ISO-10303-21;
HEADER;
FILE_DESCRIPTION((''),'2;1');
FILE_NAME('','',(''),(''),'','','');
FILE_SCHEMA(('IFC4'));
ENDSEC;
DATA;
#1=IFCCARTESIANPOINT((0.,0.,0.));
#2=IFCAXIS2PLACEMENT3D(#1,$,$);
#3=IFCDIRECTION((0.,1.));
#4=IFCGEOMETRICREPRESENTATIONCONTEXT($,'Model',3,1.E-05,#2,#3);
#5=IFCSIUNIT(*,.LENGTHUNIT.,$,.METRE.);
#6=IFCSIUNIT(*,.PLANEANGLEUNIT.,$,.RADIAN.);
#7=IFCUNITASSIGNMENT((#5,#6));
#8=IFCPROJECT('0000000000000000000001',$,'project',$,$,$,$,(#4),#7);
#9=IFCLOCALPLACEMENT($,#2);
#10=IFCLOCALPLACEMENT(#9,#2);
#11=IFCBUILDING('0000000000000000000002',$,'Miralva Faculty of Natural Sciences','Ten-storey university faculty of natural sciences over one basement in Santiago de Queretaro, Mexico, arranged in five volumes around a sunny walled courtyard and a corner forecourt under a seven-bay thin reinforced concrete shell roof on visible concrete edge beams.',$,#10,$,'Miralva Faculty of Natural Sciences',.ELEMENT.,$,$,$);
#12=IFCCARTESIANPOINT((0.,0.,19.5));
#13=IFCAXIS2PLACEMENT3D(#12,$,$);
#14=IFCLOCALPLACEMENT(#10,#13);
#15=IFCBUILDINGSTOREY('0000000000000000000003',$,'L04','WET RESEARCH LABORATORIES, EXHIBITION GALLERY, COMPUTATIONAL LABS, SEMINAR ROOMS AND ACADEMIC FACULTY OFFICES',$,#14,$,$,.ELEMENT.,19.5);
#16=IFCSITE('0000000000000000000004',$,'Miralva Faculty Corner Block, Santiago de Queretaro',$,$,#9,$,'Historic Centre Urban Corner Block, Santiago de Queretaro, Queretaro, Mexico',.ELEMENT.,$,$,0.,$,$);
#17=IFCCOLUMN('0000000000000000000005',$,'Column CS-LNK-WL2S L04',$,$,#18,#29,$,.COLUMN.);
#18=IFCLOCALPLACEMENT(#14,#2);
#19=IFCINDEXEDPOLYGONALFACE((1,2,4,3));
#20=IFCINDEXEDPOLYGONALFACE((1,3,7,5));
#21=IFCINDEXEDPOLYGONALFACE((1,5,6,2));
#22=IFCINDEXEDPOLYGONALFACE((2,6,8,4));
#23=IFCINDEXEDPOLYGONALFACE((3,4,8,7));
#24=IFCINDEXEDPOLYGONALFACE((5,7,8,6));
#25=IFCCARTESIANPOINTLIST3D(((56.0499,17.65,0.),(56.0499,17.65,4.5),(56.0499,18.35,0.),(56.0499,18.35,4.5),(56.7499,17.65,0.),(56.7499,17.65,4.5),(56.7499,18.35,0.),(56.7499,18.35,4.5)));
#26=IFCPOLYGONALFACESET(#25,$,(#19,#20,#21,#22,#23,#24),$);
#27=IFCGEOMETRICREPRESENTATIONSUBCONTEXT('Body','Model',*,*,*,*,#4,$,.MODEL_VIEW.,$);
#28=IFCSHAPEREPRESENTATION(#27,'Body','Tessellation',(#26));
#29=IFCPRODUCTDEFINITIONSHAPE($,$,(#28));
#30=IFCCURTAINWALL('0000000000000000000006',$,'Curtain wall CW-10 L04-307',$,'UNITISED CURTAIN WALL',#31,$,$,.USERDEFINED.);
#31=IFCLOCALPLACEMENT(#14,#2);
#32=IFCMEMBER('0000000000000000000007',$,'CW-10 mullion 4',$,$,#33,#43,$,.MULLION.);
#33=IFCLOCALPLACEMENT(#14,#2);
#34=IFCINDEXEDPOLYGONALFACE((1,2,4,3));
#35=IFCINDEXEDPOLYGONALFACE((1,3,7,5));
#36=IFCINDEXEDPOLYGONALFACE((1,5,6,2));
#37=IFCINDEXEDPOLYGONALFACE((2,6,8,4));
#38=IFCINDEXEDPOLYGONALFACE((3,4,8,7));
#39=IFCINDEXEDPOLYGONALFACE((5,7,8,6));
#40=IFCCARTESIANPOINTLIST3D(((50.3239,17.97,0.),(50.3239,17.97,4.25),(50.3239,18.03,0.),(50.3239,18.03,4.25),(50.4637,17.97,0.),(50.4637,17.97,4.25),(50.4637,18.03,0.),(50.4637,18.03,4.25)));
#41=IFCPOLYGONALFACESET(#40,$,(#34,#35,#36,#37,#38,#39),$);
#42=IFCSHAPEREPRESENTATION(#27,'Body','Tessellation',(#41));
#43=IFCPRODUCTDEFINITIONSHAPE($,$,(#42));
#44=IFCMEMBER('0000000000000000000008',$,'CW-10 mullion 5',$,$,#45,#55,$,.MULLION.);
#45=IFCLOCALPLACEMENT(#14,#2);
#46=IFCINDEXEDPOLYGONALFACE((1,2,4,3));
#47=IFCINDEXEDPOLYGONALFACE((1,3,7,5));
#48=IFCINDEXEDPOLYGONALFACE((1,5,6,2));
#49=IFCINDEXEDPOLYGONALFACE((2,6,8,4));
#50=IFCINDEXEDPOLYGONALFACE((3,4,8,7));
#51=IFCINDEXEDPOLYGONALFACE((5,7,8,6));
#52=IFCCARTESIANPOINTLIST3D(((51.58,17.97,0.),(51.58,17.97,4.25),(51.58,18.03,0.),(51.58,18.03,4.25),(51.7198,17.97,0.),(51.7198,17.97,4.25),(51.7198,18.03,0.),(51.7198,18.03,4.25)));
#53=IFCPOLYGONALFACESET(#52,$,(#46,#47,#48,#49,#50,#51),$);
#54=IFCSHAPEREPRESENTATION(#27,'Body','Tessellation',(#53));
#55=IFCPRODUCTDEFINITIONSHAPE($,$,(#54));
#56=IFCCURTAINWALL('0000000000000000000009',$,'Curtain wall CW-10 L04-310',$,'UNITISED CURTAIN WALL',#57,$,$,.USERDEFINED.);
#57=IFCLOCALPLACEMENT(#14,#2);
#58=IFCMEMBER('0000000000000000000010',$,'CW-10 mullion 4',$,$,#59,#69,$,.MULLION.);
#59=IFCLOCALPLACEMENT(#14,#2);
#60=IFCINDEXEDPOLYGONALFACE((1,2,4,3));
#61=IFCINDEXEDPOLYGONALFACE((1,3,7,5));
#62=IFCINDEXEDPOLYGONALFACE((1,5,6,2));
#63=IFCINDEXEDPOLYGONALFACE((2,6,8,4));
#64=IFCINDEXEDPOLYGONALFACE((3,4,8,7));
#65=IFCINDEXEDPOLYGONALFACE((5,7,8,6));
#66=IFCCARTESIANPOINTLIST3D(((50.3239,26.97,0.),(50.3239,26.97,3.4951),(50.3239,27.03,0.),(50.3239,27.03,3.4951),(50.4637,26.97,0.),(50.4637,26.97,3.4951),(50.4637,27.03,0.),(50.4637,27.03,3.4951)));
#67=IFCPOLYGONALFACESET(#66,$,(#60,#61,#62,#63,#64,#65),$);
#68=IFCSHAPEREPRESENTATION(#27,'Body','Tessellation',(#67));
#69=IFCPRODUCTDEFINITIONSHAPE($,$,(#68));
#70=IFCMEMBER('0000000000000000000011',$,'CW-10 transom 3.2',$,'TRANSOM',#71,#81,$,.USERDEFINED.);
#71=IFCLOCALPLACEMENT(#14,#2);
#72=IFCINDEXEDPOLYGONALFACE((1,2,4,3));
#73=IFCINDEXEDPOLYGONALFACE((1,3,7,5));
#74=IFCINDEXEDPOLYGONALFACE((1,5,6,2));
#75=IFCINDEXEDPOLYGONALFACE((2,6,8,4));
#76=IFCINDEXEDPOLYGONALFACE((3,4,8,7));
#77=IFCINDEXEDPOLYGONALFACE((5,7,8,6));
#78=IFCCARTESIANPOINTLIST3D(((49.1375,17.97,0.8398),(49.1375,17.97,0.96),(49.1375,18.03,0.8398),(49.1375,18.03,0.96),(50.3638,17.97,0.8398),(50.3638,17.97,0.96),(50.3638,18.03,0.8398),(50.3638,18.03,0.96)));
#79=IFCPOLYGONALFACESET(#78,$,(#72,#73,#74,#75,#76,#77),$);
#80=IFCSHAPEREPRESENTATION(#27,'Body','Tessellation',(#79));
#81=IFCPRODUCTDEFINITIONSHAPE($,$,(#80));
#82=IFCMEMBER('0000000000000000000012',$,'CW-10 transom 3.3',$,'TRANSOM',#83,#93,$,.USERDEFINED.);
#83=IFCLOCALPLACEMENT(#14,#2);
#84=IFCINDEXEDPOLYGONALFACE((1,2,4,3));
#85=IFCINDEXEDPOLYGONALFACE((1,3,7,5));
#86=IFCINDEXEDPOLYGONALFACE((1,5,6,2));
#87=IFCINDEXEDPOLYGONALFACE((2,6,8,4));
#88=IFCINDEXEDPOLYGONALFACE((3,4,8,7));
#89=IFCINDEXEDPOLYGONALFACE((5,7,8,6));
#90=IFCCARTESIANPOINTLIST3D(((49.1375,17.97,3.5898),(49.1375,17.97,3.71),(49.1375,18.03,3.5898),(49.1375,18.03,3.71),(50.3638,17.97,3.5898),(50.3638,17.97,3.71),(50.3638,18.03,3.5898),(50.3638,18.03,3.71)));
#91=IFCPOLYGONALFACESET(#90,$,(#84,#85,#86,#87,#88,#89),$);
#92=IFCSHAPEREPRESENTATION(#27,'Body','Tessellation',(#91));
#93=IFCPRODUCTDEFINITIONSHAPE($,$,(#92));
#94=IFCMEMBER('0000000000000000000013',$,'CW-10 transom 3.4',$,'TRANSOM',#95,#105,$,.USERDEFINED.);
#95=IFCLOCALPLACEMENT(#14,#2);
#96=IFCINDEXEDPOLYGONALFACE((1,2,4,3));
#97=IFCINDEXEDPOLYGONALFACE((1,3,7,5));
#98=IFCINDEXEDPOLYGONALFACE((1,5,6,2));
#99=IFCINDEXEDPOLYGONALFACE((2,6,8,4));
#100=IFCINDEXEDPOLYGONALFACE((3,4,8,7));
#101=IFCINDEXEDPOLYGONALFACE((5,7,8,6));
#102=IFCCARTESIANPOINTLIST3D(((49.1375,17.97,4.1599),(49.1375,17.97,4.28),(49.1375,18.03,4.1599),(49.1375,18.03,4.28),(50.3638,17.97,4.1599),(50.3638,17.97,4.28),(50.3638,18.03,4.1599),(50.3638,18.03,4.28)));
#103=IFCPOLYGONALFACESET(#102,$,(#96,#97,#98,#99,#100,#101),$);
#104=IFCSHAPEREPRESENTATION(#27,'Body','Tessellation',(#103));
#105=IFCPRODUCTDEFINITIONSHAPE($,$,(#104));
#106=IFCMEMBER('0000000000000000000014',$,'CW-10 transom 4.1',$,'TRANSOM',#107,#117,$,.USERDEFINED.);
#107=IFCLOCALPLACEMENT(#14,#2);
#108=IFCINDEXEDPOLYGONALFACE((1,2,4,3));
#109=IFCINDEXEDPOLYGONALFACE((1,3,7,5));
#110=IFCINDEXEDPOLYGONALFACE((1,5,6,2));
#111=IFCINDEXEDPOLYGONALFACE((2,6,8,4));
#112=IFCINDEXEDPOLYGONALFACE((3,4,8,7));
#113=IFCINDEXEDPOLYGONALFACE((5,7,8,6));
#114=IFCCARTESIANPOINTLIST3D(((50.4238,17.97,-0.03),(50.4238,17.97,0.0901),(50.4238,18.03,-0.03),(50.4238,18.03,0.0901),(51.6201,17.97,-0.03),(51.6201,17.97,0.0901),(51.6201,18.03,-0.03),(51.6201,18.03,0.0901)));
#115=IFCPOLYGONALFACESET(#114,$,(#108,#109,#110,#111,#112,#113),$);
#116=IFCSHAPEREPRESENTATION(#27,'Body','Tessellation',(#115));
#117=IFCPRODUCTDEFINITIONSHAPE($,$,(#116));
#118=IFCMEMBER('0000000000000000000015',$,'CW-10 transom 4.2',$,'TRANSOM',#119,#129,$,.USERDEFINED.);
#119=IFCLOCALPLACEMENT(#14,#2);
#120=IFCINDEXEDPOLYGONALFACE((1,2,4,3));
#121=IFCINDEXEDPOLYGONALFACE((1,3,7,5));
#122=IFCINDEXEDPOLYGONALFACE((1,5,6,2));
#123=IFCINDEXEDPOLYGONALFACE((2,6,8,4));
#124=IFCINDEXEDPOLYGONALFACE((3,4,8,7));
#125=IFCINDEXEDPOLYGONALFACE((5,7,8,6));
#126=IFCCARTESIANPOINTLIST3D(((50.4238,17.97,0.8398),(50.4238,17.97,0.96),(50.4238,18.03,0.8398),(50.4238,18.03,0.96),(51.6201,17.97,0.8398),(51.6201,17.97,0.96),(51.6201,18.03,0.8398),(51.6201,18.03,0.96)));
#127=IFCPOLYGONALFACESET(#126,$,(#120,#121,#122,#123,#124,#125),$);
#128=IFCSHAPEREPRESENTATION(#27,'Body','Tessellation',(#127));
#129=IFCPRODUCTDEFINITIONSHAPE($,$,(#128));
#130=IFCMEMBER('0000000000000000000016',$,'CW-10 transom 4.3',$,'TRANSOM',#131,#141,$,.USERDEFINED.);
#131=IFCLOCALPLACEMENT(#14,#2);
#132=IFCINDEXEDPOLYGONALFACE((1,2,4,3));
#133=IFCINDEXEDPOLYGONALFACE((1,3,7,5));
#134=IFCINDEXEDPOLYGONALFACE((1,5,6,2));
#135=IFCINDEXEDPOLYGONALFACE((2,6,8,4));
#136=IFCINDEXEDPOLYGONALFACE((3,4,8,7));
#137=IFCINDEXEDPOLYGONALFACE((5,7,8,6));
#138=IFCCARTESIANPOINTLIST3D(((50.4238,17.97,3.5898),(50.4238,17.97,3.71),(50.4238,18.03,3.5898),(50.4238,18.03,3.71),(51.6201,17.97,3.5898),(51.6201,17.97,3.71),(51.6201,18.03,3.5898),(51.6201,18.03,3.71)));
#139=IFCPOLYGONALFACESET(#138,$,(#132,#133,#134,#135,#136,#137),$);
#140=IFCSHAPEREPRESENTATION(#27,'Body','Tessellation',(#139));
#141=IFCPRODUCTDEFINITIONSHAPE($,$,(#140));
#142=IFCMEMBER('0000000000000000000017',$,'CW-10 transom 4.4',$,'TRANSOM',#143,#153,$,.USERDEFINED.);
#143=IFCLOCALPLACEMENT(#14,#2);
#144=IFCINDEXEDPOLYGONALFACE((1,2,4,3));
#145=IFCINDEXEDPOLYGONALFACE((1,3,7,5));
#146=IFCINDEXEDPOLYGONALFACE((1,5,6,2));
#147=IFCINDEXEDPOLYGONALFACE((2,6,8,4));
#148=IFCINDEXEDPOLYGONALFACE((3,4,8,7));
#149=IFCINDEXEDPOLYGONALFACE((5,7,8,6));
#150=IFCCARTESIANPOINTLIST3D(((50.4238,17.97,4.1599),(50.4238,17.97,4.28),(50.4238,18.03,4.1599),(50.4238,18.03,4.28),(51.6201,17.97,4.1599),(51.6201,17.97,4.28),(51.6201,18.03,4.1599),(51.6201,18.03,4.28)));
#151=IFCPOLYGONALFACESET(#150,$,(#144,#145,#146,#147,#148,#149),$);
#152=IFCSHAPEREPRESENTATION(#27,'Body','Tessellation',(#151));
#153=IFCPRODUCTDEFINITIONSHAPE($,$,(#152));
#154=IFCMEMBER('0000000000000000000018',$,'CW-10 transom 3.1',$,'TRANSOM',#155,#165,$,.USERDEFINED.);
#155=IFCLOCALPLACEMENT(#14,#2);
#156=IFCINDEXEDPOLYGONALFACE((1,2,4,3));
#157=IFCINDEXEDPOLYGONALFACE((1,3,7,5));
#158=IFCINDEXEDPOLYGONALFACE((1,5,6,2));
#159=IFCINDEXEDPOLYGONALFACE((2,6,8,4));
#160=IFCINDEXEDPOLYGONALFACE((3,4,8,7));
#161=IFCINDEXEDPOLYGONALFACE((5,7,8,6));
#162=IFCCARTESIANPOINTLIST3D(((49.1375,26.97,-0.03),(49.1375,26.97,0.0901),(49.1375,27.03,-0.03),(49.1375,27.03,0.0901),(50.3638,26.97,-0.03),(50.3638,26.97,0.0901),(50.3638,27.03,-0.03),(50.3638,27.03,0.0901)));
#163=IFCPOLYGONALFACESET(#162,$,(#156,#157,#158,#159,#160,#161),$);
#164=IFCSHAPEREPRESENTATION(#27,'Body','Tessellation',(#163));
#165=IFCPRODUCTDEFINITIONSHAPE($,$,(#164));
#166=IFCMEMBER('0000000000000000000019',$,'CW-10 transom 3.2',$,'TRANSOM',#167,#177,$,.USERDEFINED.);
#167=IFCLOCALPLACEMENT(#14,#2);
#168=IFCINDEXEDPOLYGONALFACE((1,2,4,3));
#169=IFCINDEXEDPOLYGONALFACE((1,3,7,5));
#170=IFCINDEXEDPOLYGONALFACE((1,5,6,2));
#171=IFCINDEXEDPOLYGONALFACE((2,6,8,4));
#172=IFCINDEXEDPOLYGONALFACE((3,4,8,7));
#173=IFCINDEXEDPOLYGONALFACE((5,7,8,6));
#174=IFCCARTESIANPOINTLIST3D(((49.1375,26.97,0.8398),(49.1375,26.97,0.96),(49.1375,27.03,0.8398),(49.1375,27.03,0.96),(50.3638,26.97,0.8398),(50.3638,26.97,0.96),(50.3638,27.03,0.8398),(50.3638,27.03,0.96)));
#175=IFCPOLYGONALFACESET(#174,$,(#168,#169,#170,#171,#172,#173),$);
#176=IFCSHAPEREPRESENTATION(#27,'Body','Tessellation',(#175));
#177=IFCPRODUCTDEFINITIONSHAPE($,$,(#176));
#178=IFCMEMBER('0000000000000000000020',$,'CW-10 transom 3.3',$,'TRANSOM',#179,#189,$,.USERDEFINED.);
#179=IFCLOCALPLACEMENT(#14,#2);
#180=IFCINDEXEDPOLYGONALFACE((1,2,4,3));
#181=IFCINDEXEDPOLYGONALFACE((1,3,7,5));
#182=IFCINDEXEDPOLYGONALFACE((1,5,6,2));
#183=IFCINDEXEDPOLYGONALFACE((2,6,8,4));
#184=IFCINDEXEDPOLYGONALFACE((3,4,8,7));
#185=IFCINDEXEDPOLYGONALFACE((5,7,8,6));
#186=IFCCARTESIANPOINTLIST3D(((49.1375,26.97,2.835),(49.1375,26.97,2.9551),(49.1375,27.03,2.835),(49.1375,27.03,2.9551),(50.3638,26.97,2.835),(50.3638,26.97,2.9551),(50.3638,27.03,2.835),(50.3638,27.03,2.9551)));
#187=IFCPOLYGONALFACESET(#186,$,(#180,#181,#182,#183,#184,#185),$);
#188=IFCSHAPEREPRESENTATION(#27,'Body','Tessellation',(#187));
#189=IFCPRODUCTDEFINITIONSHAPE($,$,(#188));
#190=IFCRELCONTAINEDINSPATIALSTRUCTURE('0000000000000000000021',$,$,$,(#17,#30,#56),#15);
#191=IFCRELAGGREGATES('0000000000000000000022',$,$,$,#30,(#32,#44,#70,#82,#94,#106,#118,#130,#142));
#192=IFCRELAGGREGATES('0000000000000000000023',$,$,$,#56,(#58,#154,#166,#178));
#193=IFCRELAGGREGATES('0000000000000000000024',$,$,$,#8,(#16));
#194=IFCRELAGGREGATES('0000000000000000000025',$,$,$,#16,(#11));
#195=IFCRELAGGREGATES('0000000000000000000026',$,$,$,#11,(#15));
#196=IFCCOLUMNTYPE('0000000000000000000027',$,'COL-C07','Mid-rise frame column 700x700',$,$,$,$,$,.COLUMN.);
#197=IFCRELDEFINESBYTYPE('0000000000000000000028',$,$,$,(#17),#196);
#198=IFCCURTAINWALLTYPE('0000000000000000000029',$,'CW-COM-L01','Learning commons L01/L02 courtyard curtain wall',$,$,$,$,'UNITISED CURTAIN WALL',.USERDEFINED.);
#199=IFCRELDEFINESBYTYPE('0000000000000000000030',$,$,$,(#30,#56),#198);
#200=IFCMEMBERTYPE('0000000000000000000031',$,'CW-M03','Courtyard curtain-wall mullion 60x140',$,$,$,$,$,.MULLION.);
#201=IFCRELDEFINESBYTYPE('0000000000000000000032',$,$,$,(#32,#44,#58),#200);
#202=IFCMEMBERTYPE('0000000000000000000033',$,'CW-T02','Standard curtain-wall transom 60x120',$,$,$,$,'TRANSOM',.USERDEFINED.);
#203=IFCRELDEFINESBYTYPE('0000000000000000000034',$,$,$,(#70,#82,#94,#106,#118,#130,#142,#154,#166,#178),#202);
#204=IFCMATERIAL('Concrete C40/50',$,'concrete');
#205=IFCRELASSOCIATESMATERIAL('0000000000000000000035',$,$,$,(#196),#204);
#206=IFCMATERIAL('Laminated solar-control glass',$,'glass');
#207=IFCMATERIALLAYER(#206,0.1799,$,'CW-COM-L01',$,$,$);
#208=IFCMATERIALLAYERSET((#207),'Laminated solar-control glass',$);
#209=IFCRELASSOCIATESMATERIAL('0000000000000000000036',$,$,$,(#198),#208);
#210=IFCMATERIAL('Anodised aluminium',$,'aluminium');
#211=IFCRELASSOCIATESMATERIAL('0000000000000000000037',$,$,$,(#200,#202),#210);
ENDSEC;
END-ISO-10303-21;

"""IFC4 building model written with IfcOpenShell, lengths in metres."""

from ifc_helpers import new_model, si_unit, direction, frame, origin, origin_2d, place, context, subcontext, project, spatial, rectangle, extrude, material, layer, layer_set, material_profile, profile_set, type_object, element, aggregate, save


model = new_model("IFC4")

# Units and contexts
model_context = context("Model", 3, precision=1e-05, world=origin(), true_north=direction((0.0, 1.0)))
body_context = subcontext(model_context, "Body", "Model", "MODEL_VIEW")
ifc_project = project(units=[si_unit("LENGTHUNIT", "METRE"), si_unit("PLANEANGLEUNIT", "RADIAN")], contexts=[model_context])

# Site, building, storey
site_placement = place(None, origin())
site = spatial("IfcSite", under=ifc_project, at=site_placement, Name="Miralva Faculty Corner Block, Santiago de Queretaro", LongName="Historic Centre Urban Corner Block, Santiago de Queretaro, Queretaro, Mexico", CompositionType="ELEMENT", RefElevation=0.0)
building_placement = place(site_placement, origin())
building = spatial("IfcBuilding", under=site, at=building_placement, Name="Miralva Faculty of Natural Sciences", Description="Ten-storey university faculty of natural sciences over one basement in Santiago de Queretaro, Mexico, arranged in five volumes around a sunny walled courtyard and a corner forecourt under a seven-bay thin reinforced concrete shell roof on visible concrete edge beams.", LongName="Miralva Faculty of Natural Sciences", CompositionType="ELEMENT")
storey_placement = place(building_placement, frame((0.0, 0.0, 19.5)))
storey = spatial("IfcBuildingStorey", under=building, at=storey_placement, Name="L04", Description="WET RESEARCH LABORATORIES, EXHIBITION GALLERY, COMPUTATIONAL LABS, SEMINAR ROOMS AND ACADEMIC FACULTY OFFICES", CompositionType="ELEMENT", Elevation=19.5)

# Column
ifc_material_1 = material(Name="Concrete C40/50", Category="concrete")
ifc_material_profile_1 = material_profile(ifc_material_1, rectangle(XDim=0.7, YDim=0.7, at=origin_2d()), Name="RC 700x700")
ifc_profile_set_1 = profile_set([ifc_material_profile_1], Name="Concrete C40/50")
column_type = type_object("IfcColumnType", Name="COL-C07", Description="Mid-rise frame column 700x700", PredefinedType="COLUMN", material=ifc_profile_set_1)
column_placement = place(storey_placement, frame((56.3999, 18.0, 0.0), z_axis=(0.0, 0.0, 1.0), x_axis=(1.0, 0.0, 0.0)))
element("IfcColumn", 1, at=column_placement, inside=storey, type_object=column_type, Name="Column CS-LNK-WL2S L04", PredefinedType="COLUMN", context=body_context, shape_type="SweptSolid", body=[
    extrude(rectangle(XDim=0.7, YDim=0.7, at=origin_2d()), origin(), (0.0, 0.0, 1.0), 4.5),
])

# Curtain wall, members
ifc_material_2 = material(Name="Laminated solar-control glass", Category="glass")
ifc_layer_1 = layer(ifc_material_2, 0.1799, Name="CW-COM-L01")
ifc_layer_set_1 = layer_set([ifc_layer_1], Name="Laminated solar-control glass")
curtain_wall_type = type_object("IfcCurtainWallType", Name="CW-COM-L01", Description="Learning commons L01/L02 courtyard curtain wall", ElementType="UNITISED CURTAIN WALL", PredefinedType="USERDEFINED", material=ifc_layer_set_1)
curtain_wall_1_placement = place(storey_placement, origin())
curtain_wall_1 = element("IfcCurtainWall", 2, at=curtain_wall_1_placement, inside=storey, type_object=curtain_wall_type, Name="Curtain wall CW-10 L04-307", ObjectType="UNITISED CURTAIN WALL", PredefinedType="USERDEFINED")
ifc_material_3 = material(Name="Anodised aluminium", Category="aluminium")
ifc_material_profile_2 = material_profile(ifc_material_3, rectangle(XDim=0.0601, YDim=0.1399, at=origin_2d()), Name="MULLION 60x140")
ifc_profile_set_2 = profile_set([ifc_material_profile_2], Name="Anodised aluminium")
member_type_1 = type_object("IfcMemberType", Name="CW-M03", Description="Courtyard curtain-wall mullion 60x140", PredefinedType="MULLION", material=ifc_profile_set_2)
member_1_placement = place(storey_placement, frame((50.3938, 18.0, 0.0), z_axis=(0.0, 0.0, 1.0), x_axis=(0.0, 1.0, 0.0)))
member_1 = element("IfcMember", 3, at=member_1_placement, type_object=member_type_1, Name="CW-10 mullion 4", PredefinedType="MULLION", context=body_context, shape_type="SweptSolid", body=[
    extrude(rectangle(XDim=0.0601, YDim=0.1399, at=origin_2d()), origin(), (0.0, 0.0, 1.0), 4.25),
])
member_2_placement = place(storey_placement, frame((51.6499, 18.0, 0.0), z_axis=(0.0, 0.0, 1.0), x_axis=(0.0, 1.0, 0.0)))
member_2 = element("IfcMember", 4, at=member_2_placement, type_object=member_type_1, Name="CW-10 mullion 5", PredefinedType="MULLION", context=body_context, shape_type="SweptSolid", body=[
    extrude(rectangle(XDim=0.0601, YDim=0.1399, at=origin_2d()), origin(), (0.0, 0.0, 1.0), 4.25),
])

# Curtain wall, member
curtain_wall_2_placement = place(storey_placement, origin())
curtain_wall_2 = element("IfcCurtainWall", 5, at=curtain_wall_2_placement, inside=storey, type_object=curtain_wall_type, Name="Curtain wall CW-10 L04-310", ObjectType="UNITISED CURTAIN WALL", PredefinedType="USERDEFINED")
member_3_placement = place(storey_placement, frame((50.3938, 27.0, 0.0), z_axis=(0.0, 0.0, 1.0), x_axis=(0.0, 1.0, 0.0)))
member_3 = element("IfcMember", 6, at=member_3_placement, type_object=member_type_1, Name="CW-10 mullion 4", PredefinedType="MULLION", context=body_context, shape_type="SweptSolid", body=[
    extrude(rectangle(XDim=0.0601, YDim=0.1399, at=origin_2d()), origin(), (0.0, 0.0, 1.0), 3.4951),
])

# Members
ifc_material_profile_3 = material_profile(ifc_material_3, rectangle(XDim=0.0601, YDim=0.1201, at=origin_2d()), Name="TRANSOM 60x120")
ifc_profile_set_3 = profile_set([ifc_material_profile_3], Name="Anodised aluminium")
member_type_2 = type_object("IfcMemberType", Name="CW-T02", Description="Standard curtain-wall transom 60x120", ElementType="TRANSOM", PredefinedType="USERDEFINED", material=ifc_profile_set_3)
member_4_placement = place(storey_placement, frame((49.1375, 18.0, 0.8999), z_axis=(1.0, 0.0, 0.0), x_axis=(0.0, 1.0, 0.0)))
member_4 = element("IfcMember", 7, at=member_4_placement, type_object=member_type_2, Name="CW-10 transom 3.2", ObjectType="TRANSOM", PredefinedType="USERDEFINED", context=body_context, shape_type="SweptSolid", body=[
    extrude(rectangle(XDim=0.0601, YDim=0.1201, at=origin_2d()), origin(), (0.0, 0.0, 1.0), 1.2263),
])
member_5_placement = place(storey_placement, frame((49.1375, 18.0, 3.6499), z_axis=(1.0, 0.0, 0.0), x_axis=(0.0, 1.0, 0.0)))
member_5 = element("IfcMember", 8, at=member_5_placement, type_object=member_type_2, Name="CW-10 transom 3.3", ObjectType="TRANSOM", PredefinedType="USERDEFINED", context=body_context, shape_type="SweptSolid", body=[
    extrude(rectangle(XDim=0.0601, YDim=0.1201, at=origin_2d()), origin(), (0.0, 0.0, 1.0), 1.2263),
])
member_6_placement = place(storey_placement, frame((49.1375, 18.0, 4.22), z_axis=(1.0, 0.0, 0.0), x_axis=(0.0, 1.0, 0.0)))
member_6 = element("IfcMember", 9, at=member_6_placement, type_object=member_type_2, Name="CW-10 transom 3.4", ObjectType="TRANSOM", PredefinedType="USERDEFINED", context=body_context, shape_type="SweptSolid", body=[
    extrude(rectangle(XDim=0.0601, YDim=0.1201, at=origin_2d()), origin(), (0.0, 0.0, 1.0), 1.2263),
])
member_7_placement = place(storey_placement, frame((50.4238, 18.0, 0.03), z_axis=(1.0, 0.0, 0.0), x_axis=(0.0, 1.0, 0.0)))
member_7 = element("IfcMember", 10, at=member_7_placement, type_object=member_type_2, Name="CW-10 transom 4.1", ObjectType="TRANSOM", PredefinedType="USERDEFINED", context=body_context, shape_type="SweptSolid", body=[
    extrude(rectangle(XDim=0.0601, YDim=0.1201, at=origin_2d()), origin(), (0.0, 0.0, 1.0), 1.1963),
])
member_8_placement = place(storey_placement, frame((50.4238, 18.0, 0.8999), z_axis=(1.0, 0.0, 0.0), x_axis=(0.0, 1.0, 0.0)))
member_8 = element("IfcMember", 11, at=member_8_placement, type_object=member_type_2, Name="CW-10 transom 4.2", ObjectType="TRANSOM", PredefinedType="USERDEFINED", context=body_context, shape_type="SweptSolid", body=[
    extrude(rectangle(XDim=0.0601, YDim=0.1201, at=origin_2d()), origin(), (0.0, 0.0, 1.0), 1.1963),
])
member_9_placement = place(storey_placement, frame((50.4238, 18.0, 3.6499), z_axis=(1.0, 0.0, 0.0), x_axis=(0.0, 1.0, 0.0)))
member_9 = element("IfcMember", 12, at=member_9_placement, type_object=member_type_2, Name="CW-10 transom 4.3", ObjectType="TRANSOM", PredefinedType="USERDEFINED", context=body_context, shape_type="SweptSolid", body=[
    extrude(rectangle(XDim=0.0601, YDim=0.1201, at=origin_2d()), origin(), (0.0, 0.0, 1.0), 1.1963),
])
member_10_placement = place(storey_placement, frame((50.4238, 18.0, 4.22), z_axis=(1.0, 0.0, 0.0), x_axis=(0.0, 1.0, 0.0)))
member_10 = element("IfcMember", 13, at=member_10_placement, type_object=member_type_2, Name="CW-10 transom 4.4", ObjectType="TRANSOM", PredefinedType="USERDEFINED", context=body_context, shape_type="SweptSolid", body=[
    extrude(rectangle(XDim=0.0601, YDim=0.1201, at=origin_2d()), origin(), (0.0, 0.0, 1.0), 1.1963),
])
member_11_placement = place(storey_placement, frame((49.1375, 27.0, 0.03), z_axis=(1.0, 0.0, 0.0), x_axis=(0.0, 1.0, 0.0)))
member_11 = element("IfcMember", 14, at=member_11_placement, type_object=member_type_2, Name="CW-10 transom 3.1", ObjectType="TRANSOM", PredefinedType="USERDEFINED", context=body_context, shape_type="SweptSolid", body=[
    extrude(rectangle(XDim=0.0601, YDim=0.1201, at=origin_2d()), origin(), (0.0, 0.0, 1.0), 1.2263),
])
member_12_placement = place(storey_placement, frame((49.1375, 27.0, 0.8999), z_axis=(1.0, 0.0, 0.0), x_axis=(0.0, 1.0, 0.0)))
member_12 = element("IfcMember", 15, at=member_12_placement, type_object=member_type_2, Name="CW-10 transom 3.2", ObjectType="TRANSOM", PredefinedType="USERDEFINED", context=body_context, shape_type="SweptSolid", body=[
    extrude(rectangle(XDim=0.0601, YDim=0.1201, at=origin_2d()), origin(), (0.0, 0.0, 1.0), 1.2263),
])
member_13_placement = place(storey_placement, frame((49.1375, 27.0, 2.895), z_axis=(1.0, 0.0, 0.0), x_axis=(0.0, 1.0, 0.0)))
member_13 = element("IfcMember", 16, at=member_13_placement, type_object=member_type_2, Name="CW-10 transom 3.3", ObjectType="TRANSOM", PredefinedType="USERDEFINED", context=body_context, shape_type="SweptSolid", body=[
    extrude(rectangle(XDim=0.0601, YDim=0.1201, at=origin_2d()), origin(), (0.0, 0.0, 1.0), 1.2263),
])

aggregate(curtain_wall_1, [member_1, member_2, member_4, member_5, member_6, member_7, member_8, member_9, member_10])
aggregate(curtain_wall_2, [member_3, member_11, member_12, member_13])

save(model, "model.ifc")
